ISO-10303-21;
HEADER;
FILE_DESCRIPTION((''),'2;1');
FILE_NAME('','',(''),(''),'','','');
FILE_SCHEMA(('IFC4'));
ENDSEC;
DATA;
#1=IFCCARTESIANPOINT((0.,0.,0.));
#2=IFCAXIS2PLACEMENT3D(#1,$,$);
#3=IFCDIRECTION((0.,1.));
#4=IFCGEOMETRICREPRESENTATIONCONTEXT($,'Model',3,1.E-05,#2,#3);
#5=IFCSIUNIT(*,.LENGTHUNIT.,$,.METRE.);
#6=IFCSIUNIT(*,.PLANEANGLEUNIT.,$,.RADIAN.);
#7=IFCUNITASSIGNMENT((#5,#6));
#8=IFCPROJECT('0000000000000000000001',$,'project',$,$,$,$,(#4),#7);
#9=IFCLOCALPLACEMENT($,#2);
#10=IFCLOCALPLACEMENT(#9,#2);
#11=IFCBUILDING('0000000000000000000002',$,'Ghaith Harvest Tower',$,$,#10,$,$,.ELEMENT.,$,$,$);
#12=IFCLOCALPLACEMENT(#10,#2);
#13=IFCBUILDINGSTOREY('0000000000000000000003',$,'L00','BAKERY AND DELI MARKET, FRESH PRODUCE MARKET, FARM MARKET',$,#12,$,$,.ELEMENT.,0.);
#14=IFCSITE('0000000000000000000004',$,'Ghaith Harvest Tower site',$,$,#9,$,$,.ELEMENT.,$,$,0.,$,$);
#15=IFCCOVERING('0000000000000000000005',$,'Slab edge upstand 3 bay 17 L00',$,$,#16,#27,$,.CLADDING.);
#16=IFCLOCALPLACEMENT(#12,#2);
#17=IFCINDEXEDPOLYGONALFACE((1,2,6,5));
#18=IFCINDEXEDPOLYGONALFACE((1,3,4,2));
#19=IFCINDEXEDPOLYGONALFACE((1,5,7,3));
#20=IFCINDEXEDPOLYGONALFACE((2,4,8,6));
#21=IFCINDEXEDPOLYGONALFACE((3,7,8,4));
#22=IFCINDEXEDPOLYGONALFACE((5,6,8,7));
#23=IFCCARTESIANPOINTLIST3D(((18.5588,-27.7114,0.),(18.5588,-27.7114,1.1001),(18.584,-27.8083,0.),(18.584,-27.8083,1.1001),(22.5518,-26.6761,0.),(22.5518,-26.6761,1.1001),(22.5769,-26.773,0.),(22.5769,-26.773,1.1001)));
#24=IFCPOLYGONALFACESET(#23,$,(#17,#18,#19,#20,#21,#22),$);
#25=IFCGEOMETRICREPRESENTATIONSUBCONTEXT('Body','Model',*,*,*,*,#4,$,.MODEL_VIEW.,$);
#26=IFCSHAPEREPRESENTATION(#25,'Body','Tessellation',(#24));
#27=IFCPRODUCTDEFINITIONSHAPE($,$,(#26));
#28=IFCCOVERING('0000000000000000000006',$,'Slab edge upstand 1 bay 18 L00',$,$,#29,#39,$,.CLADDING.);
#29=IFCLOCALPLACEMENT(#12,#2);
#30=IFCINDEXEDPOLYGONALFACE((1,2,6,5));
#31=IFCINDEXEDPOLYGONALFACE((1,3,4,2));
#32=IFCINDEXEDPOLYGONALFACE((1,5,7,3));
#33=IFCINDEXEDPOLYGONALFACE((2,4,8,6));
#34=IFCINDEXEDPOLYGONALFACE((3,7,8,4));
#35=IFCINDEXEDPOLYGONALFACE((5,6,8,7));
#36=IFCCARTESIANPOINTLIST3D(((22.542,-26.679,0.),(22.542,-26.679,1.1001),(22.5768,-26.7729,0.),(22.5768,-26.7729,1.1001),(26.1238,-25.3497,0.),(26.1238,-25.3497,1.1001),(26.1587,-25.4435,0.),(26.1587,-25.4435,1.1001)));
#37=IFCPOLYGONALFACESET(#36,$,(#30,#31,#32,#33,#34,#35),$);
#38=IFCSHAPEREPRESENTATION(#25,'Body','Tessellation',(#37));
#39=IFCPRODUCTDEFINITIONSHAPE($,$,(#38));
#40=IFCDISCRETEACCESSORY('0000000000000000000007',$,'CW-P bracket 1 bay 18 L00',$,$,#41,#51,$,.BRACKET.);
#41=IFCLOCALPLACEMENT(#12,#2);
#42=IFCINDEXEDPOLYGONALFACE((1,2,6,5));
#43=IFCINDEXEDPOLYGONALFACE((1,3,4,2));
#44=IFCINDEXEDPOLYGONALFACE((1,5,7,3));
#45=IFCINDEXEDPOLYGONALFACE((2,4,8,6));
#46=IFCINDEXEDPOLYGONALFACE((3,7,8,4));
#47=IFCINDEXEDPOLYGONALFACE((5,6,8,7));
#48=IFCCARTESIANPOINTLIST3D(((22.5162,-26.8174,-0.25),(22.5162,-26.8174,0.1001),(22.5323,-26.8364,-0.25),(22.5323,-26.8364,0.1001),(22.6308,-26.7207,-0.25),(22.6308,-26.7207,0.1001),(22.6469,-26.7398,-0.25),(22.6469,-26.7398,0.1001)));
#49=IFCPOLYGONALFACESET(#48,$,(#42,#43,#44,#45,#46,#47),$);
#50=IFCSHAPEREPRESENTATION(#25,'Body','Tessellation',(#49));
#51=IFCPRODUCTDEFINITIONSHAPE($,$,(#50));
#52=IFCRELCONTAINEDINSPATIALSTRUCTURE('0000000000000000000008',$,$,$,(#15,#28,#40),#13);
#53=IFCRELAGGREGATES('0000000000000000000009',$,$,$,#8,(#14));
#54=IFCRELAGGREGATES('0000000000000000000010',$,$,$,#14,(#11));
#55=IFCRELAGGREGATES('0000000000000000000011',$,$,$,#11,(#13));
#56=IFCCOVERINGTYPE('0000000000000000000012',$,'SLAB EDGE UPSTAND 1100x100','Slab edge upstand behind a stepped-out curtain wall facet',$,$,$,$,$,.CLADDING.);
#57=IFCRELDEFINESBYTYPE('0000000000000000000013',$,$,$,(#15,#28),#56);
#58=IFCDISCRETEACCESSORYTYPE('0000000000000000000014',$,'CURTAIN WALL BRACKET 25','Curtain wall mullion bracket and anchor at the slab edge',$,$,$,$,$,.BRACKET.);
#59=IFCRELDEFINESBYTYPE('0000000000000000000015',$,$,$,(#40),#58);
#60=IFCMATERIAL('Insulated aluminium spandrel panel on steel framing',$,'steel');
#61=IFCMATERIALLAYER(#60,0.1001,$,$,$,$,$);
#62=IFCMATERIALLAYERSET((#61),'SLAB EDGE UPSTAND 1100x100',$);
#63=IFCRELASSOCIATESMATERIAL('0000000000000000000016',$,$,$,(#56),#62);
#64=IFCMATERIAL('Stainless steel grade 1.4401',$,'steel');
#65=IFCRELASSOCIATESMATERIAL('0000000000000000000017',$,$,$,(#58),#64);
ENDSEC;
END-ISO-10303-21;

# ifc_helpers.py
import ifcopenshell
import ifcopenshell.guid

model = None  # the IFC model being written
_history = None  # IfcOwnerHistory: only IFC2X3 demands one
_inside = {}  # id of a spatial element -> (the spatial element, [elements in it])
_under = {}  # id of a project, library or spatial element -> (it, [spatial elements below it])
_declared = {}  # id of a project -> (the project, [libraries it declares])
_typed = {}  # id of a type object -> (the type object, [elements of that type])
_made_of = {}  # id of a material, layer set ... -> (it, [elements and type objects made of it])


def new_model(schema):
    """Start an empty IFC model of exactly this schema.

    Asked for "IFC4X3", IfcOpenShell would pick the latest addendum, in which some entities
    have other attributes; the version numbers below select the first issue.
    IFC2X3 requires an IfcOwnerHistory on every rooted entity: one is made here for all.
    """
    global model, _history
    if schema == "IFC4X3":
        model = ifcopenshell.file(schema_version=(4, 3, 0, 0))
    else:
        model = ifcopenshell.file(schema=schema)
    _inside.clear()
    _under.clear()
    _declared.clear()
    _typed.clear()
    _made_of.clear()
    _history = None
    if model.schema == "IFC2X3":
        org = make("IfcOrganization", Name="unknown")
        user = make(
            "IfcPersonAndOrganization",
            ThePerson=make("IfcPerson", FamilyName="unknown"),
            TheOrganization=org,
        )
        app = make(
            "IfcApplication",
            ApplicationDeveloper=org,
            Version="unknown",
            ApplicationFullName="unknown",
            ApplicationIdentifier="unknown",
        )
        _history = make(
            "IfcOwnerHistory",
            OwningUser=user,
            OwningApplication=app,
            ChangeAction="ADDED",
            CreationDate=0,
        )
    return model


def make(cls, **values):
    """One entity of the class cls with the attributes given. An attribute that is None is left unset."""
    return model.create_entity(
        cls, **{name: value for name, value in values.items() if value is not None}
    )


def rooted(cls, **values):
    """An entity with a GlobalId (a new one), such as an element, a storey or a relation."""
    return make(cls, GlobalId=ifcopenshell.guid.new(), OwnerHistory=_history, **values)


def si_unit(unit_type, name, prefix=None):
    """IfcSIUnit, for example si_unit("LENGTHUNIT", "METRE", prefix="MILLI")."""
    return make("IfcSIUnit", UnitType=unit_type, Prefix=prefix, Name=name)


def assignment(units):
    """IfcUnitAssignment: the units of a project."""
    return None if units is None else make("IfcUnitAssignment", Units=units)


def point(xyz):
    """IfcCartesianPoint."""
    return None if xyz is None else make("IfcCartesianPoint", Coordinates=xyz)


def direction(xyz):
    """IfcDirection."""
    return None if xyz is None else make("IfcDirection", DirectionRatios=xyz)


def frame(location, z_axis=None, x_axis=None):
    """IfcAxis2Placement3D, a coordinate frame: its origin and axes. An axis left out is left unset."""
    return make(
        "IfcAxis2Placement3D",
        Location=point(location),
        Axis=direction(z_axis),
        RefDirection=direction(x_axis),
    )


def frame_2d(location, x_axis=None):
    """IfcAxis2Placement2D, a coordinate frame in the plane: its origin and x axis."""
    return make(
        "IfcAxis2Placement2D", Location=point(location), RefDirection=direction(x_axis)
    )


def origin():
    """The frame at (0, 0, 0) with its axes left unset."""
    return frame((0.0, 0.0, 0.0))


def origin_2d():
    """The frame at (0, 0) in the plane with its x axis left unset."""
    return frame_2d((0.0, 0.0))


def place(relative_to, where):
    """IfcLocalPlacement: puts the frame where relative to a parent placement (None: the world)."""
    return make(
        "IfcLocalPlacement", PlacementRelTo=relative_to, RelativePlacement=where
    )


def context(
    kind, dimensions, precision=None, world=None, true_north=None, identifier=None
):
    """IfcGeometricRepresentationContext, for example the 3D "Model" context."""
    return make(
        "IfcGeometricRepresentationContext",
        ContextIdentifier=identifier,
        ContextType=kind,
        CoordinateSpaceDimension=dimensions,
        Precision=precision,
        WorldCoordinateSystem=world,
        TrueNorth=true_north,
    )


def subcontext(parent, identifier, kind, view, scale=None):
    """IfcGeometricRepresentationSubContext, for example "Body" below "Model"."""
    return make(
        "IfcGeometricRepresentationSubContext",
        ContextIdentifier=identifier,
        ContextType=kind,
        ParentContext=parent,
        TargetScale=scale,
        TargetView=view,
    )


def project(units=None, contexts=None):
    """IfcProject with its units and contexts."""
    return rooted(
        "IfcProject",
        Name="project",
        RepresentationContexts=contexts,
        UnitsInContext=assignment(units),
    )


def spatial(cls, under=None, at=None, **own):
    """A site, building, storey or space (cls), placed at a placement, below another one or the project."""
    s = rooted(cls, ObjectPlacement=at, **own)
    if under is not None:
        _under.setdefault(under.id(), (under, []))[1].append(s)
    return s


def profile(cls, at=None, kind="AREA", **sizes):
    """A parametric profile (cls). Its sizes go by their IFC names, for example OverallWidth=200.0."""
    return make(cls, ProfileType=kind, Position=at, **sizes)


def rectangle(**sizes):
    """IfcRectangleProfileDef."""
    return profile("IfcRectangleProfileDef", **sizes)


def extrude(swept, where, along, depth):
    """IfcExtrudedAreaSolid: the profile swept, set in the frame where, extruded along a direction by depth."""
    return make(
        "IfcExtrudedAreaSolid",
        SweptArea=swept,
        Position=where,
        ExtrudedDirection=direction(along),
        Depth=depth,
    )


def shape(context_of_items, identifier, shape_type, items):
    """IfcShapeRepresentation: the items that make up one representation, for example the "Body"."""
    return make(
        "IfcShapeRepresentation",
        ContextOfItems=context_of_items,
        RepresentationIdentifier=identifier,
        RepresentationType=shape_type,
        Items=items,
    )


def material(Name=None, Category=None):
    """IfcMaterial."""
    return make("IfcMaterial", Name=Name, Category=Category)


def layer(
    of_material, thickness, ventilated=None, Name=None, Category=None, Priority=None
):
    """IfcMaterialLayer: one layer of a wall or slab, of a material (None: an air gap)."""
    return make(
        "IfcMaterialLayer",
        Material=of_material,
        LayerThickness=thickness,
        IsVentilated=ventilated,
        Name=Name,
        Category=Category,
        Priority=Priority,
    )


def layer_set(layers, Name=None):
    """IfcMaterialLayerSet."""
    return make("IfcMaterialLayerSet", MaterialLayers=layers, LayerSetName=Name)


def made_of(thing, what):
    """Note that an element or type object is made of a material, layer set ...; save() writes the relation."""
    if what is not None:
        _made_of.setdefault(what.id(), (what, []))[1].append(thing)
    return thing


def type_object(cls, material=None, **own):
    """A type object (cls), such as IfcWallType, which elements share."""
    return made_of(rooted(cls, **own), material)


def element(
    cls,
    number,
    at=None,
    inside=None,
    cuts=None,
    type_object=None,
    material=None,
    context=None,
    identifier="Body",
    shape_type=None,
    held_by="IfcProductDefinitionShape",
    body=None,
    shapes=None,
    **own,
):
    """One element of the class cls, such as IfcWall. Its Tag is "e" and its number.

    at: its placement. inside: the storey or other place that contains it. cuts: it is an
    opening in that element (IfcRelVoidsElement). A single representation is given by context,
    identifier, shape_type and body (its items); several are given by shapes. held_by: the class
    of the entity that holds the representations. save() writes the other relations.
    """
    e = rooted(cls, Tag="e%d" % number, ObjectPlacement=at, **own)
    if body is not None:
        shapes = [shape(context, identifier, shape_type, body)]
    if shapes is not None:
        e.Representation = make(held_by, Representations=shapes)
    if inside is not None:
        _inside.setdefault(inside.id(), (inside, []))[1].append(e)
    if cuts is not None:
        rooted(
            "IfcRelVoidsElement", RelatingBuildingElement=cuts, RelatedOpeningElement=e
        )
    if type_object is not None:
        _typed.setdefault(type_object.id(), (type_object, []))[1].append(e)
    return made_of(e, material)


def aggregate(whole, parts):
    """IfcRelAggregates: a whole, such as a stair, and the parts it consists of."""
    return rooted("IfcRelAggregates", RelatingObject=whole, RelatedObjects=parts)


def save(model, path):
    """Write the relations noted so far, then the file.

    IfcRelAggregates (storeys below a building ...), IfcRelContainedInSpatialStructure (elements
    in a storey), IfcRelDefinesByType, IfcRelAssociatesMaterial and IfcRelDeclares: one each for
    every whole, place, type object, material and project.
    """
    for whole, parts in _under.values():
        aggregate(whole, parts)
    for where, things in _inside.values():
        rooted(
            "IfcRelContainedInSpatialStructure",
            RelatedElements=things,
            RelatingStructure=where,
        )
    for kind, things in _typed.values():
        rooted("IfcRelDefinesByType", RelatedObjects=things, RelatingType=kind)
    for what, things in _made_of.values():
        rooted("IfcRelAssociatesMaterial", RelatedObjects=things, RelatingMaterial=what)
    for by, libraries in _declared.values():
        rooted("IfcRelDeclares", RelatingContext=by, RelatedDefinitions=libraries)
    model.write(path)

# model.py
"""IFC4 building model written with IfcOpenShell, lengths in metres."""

from ifc_helpers import new_model, si_unit, direction, frame, origin, origin_2d, place, context, subcontext, project, spatial, rectangle, extrude, material, layer, layer_set, type_object, element, save


model = new_model("IFC4")

# Units and contexts
model_context = context("Model", 3, precision=1e-05, world=origin(), true_north=direction((0.0, 1.0)))
body_context = subcontext(model_context, "Body", "Model", "MODEL_VIEW")
ifc_project = project(units=[si_unit("LENGTHUNIT", "METRE"), si_unit("PLANEANGLEUNIT", "RADIAN")], contexts=[model_context])

# Site, building, storey
site_placement = place(None, origin())
site = spatial("IfcSite", under=ifc_project, at=site_placement, Name="Ghaith Harvest Tower site", CompositionType="ELEMENT", RefElevation=0.0)
building_placement = place(site_placement, origin())
building = spatial("IfcBuilding", under=site, at=building_placement, Name="Ghaith Harvest Tower", CompositionType="ELEMENT")
storey_placement = place(building_placement, origin())
storey = spatial("IfcBuildingStorey", under=building, at=storey_placement, Name="L00", Description="BAKERY AND DELI MARKET, FRESH PRODUCE MARKET, FARM MARKET", CompositionType="ELEMENT", Elevation=0.0)

# Coverings
ifc_material_1 = material(Name="Insulated aluminium spandrel panel on steel framing", Category="steel")
ifc_layer_1 = layer(ifc_material_1, 0.1001)
ifc_layer_set_1 = layer_set([ifc_layer_1], Name="SLAB EDGE UPSTAND 1100x100")
covering_type = type_object("IfcCoveringType", Name="SLAB EDGE UPSTAND 1100x100", Description="Slab edge upstand behind a stepped-out curtain wall facet", PredefinedType="CLADDING", material=ifc_layer_set_1)
covering_1_placement = place(storey_placement, frame((20.5679, -27.2422, 0.0), z_axis=(0.0, 0.0, 1.0), x_axis=(0.967989, 0.250991, 0.0)))
element("IfcCovering", 1, at=covering_1_placement, inside=storey, type_object=covering_type, Name="Slab edge upstand 3 bay 17 L00", PredefinedType="CLADDING", context=body_context, shape_type="SweptSolid", body=[
    extrude(rectangle(XDim=4.125, YDim=0.1001, at=origin_2d()), origin(), (0.0, 0.0, 1.0), 1.1001),
])
covering_2_placement = place(storey_placement, frame((24.3503, -26.0613, 0.0), z_axis=(0.0, 0.0, 1.0), x_axis=(0.937519, 0.347935, 0.0)))
element("IfcCovering", 2, at=covering_2_placement, inside=storey, type_object=covering_type, Name="Slab edge upstand 1 bay 18 L00", PredefinedType="CLADDING", context=body_context, shape_type="SweptSolid", body=[
    extrude(rectangle(XDim=3.8206, YDim=0.1001, at=origin_2d()), origin(), (0.0, 0.0, 1.0), 1.1001),
])

# Discrete accessory
ifc_material_2 = material(Name="Stainless steel grade 1.4401", Category="steel")
discrete_accessory_type = type_object("IfcDiscreteAccessoryType", Name="CURTAIN WALL BRACKET 25", Description="Curtain wall mullion bracket and anchor at the slab edge", PredefinedType="BRACKET", material=ifc_material_2)
discrete_accessory_placement = place(storey_placement, frame((22.5815, -26.7786, -0.25), z_axis=(0.0, 0.0, 1.0), x_axis=(0.644657, -0.764472, 0.0)))
element("IfcDiscreteAccessory", 3, at=discrete_accessory_placement, inside=storey, type_object=discrete_accessory_type, Name="CW-P bracket 1 bay 18 L00", PredefinedType="BRACKET", context=body_context, shape_type="SweptSolid", body=[
    extrude(rectangle(XDim=0.0249, YDim=0.1499, at=origin_2d()), origin(), (0.0, 0.0, 1.0), 0.3501),
])

save(model, "model.ifc")
